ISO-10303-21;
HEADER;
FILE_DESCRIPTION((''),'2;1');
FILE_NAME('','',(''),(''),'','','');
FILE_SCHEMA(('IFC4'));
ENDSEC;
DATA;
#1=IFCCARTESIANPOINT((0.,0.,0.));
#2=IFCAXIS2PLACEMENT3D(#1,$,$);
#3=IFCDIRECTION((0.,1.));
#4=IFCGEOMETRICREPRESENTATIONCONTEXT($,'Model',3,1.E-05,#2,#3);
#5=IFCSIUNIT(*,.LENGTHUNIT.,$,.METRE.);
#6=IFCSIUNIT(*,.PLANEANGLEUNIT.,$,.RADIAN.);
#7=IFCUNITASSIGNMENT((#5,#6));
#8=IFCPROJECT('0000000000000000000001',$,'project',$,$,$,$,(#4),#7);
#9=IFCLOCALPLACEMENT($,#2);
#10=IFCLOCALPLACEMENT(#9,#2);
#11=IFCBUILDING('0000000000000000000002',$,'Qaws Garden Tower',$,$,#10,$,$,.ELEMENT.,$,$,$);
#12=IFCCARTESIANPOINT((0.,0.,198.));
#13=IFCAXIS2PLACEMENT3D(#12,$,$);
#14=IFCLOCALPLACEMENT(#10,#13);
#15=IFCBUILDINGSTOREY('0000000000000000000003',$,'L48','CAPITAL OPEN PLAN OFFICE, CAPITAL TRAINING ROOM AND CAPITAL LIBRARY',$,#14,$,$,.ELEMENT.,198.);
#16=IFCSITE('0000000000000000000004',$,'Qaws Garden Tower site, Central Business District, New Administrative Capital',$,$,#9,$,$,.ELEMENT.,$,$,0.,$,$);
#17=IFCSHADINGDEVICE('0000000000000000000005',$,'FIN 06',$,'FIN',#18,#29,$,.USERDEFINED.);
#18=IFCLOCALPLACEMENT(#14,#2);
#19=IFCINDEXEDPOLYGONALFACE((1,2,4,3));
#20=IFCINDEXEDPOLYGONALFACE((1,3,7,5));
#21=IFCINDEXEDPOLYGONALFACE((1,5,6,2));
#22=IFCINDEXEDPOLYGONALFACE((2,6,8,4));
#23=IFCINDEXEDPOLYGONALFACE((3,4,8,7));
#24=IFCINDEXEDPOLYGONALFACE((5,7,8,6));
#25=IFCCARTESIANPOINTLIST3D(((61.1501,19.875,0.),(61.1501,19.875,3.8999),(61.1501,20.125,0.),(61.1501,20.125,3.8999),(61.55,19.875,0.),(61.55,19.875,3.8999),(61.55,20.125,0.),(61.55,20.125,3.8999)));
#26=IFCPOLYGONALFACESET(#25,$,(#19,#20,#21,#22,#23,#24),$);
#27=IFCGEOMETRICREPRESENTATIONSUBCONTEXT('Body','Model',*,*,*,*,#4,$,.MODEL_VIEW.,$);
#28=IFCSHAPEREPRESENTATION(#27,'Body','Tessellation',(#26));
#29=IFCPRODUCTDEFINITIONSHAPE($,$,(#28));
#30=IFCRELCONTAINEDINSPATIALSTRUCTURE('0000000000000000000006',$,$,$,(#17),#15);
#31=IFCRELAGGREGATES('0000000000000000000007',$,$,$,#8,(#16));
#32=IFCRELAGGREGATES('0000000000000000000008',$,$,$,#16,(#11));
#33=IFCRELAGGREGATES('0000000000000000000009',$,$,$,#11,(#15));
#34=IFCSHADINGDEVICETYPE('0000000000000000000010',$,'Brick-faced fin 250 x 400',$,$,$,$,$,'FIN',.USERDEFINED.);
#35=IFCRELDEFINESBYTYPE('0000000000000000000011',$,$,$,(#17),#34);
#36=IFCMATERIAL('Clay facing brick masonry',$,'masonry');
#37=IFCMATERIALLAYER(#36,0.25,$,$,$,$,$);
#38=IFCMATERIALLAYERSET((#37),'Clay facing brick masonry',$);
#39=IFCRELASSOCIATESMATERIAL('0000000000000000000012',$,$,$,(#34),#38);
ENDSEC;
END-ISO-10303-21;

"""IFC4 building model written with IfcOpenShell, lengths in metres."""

from ifc_helpers import new_model, si_unit, direction, frame, origin, origin_2d, place, context, subcontext, project, spatial, rectangle, extrude, material, layer, layer_set, type_object, element, save


model = new_model("IFC4")

# Units and contexts
model_context = context("Model", 3, precision=1e-05, world=origin(), true_north=direction((0.0, 1.0)))
body_context = subcontext(model_context, "Body", "Model", "MODEL_VIEW")
ifc_project = project(units=[si_unit("LENGTHUNIT", "METRE"), si_unit("PLANEANGLEUNIT", "RADIAN")], contexts=[model_context])

# Site, building, storey
site_placement = place(None, origin())
site = spatial("IfcSite", under=ifc_project, at=site_placement, Name="Qaws Garden Tower site, Central Business District, New Administrative Capital", CompositionType="ELEMENT", RefElevation=0.0)
building_placement = place(site_placement, origin())
building = spatial("IfcBuilding", under=site, at=building_placement, Name="Qaws Garden Tower", CompositionType="ELEMENT")
storey_placement = place(building_placement, frame((0.0, 0.0, 198.0)))
storey = spatial("IfcBuildingStorey", under=building, at=storey_placement, Name="L48", Description="CAPITAL OPEN PLAN OFFICE, CAPITAL TRAINING ROOM AND CAPITAL LIBRARY", CompositionType="ELEMENT", Elevation=198.0)

# Shading device
ifc_material_1 = material(Name="Clay facing brick masonry", Category="masonry")
ifc_layer_1 = layer(ifc_material_1, 0.25)
ifc_layer_set_1 = layer_set([ifc_layer_1], Name="Clay facing brick masonry")
shading_device_type = type_object("IfcShadingDeviceType", Name="Brick-faced fin 250 x 400", ElementType="FIN", PredefinedType="USERDEFINED", material=ifc_layer_set_1)
shading_device_placement = place(storey_placement, frame((61.3501, 20.0, 0.0), z_axis=(0.0, 0.0, 1.0), x_axis=(0.0, 1.0, 0.0)))
element("IfcShadingDevice", 1, at=shading_device_placement, inside=storey, type_object=shading_device_type, Name="FIN 06", ObjectType="FIN", PredefinedType="USERDEFINED", context=body_context, shape_type="SweptSolid", body=[
    extrude(rectangle(XDim=0.25, YDim=0.3999, at=origin_2d()), origin(), (0.0, 0.0, 1.0), 3.8999),
])

save(model, "model.ifc")
